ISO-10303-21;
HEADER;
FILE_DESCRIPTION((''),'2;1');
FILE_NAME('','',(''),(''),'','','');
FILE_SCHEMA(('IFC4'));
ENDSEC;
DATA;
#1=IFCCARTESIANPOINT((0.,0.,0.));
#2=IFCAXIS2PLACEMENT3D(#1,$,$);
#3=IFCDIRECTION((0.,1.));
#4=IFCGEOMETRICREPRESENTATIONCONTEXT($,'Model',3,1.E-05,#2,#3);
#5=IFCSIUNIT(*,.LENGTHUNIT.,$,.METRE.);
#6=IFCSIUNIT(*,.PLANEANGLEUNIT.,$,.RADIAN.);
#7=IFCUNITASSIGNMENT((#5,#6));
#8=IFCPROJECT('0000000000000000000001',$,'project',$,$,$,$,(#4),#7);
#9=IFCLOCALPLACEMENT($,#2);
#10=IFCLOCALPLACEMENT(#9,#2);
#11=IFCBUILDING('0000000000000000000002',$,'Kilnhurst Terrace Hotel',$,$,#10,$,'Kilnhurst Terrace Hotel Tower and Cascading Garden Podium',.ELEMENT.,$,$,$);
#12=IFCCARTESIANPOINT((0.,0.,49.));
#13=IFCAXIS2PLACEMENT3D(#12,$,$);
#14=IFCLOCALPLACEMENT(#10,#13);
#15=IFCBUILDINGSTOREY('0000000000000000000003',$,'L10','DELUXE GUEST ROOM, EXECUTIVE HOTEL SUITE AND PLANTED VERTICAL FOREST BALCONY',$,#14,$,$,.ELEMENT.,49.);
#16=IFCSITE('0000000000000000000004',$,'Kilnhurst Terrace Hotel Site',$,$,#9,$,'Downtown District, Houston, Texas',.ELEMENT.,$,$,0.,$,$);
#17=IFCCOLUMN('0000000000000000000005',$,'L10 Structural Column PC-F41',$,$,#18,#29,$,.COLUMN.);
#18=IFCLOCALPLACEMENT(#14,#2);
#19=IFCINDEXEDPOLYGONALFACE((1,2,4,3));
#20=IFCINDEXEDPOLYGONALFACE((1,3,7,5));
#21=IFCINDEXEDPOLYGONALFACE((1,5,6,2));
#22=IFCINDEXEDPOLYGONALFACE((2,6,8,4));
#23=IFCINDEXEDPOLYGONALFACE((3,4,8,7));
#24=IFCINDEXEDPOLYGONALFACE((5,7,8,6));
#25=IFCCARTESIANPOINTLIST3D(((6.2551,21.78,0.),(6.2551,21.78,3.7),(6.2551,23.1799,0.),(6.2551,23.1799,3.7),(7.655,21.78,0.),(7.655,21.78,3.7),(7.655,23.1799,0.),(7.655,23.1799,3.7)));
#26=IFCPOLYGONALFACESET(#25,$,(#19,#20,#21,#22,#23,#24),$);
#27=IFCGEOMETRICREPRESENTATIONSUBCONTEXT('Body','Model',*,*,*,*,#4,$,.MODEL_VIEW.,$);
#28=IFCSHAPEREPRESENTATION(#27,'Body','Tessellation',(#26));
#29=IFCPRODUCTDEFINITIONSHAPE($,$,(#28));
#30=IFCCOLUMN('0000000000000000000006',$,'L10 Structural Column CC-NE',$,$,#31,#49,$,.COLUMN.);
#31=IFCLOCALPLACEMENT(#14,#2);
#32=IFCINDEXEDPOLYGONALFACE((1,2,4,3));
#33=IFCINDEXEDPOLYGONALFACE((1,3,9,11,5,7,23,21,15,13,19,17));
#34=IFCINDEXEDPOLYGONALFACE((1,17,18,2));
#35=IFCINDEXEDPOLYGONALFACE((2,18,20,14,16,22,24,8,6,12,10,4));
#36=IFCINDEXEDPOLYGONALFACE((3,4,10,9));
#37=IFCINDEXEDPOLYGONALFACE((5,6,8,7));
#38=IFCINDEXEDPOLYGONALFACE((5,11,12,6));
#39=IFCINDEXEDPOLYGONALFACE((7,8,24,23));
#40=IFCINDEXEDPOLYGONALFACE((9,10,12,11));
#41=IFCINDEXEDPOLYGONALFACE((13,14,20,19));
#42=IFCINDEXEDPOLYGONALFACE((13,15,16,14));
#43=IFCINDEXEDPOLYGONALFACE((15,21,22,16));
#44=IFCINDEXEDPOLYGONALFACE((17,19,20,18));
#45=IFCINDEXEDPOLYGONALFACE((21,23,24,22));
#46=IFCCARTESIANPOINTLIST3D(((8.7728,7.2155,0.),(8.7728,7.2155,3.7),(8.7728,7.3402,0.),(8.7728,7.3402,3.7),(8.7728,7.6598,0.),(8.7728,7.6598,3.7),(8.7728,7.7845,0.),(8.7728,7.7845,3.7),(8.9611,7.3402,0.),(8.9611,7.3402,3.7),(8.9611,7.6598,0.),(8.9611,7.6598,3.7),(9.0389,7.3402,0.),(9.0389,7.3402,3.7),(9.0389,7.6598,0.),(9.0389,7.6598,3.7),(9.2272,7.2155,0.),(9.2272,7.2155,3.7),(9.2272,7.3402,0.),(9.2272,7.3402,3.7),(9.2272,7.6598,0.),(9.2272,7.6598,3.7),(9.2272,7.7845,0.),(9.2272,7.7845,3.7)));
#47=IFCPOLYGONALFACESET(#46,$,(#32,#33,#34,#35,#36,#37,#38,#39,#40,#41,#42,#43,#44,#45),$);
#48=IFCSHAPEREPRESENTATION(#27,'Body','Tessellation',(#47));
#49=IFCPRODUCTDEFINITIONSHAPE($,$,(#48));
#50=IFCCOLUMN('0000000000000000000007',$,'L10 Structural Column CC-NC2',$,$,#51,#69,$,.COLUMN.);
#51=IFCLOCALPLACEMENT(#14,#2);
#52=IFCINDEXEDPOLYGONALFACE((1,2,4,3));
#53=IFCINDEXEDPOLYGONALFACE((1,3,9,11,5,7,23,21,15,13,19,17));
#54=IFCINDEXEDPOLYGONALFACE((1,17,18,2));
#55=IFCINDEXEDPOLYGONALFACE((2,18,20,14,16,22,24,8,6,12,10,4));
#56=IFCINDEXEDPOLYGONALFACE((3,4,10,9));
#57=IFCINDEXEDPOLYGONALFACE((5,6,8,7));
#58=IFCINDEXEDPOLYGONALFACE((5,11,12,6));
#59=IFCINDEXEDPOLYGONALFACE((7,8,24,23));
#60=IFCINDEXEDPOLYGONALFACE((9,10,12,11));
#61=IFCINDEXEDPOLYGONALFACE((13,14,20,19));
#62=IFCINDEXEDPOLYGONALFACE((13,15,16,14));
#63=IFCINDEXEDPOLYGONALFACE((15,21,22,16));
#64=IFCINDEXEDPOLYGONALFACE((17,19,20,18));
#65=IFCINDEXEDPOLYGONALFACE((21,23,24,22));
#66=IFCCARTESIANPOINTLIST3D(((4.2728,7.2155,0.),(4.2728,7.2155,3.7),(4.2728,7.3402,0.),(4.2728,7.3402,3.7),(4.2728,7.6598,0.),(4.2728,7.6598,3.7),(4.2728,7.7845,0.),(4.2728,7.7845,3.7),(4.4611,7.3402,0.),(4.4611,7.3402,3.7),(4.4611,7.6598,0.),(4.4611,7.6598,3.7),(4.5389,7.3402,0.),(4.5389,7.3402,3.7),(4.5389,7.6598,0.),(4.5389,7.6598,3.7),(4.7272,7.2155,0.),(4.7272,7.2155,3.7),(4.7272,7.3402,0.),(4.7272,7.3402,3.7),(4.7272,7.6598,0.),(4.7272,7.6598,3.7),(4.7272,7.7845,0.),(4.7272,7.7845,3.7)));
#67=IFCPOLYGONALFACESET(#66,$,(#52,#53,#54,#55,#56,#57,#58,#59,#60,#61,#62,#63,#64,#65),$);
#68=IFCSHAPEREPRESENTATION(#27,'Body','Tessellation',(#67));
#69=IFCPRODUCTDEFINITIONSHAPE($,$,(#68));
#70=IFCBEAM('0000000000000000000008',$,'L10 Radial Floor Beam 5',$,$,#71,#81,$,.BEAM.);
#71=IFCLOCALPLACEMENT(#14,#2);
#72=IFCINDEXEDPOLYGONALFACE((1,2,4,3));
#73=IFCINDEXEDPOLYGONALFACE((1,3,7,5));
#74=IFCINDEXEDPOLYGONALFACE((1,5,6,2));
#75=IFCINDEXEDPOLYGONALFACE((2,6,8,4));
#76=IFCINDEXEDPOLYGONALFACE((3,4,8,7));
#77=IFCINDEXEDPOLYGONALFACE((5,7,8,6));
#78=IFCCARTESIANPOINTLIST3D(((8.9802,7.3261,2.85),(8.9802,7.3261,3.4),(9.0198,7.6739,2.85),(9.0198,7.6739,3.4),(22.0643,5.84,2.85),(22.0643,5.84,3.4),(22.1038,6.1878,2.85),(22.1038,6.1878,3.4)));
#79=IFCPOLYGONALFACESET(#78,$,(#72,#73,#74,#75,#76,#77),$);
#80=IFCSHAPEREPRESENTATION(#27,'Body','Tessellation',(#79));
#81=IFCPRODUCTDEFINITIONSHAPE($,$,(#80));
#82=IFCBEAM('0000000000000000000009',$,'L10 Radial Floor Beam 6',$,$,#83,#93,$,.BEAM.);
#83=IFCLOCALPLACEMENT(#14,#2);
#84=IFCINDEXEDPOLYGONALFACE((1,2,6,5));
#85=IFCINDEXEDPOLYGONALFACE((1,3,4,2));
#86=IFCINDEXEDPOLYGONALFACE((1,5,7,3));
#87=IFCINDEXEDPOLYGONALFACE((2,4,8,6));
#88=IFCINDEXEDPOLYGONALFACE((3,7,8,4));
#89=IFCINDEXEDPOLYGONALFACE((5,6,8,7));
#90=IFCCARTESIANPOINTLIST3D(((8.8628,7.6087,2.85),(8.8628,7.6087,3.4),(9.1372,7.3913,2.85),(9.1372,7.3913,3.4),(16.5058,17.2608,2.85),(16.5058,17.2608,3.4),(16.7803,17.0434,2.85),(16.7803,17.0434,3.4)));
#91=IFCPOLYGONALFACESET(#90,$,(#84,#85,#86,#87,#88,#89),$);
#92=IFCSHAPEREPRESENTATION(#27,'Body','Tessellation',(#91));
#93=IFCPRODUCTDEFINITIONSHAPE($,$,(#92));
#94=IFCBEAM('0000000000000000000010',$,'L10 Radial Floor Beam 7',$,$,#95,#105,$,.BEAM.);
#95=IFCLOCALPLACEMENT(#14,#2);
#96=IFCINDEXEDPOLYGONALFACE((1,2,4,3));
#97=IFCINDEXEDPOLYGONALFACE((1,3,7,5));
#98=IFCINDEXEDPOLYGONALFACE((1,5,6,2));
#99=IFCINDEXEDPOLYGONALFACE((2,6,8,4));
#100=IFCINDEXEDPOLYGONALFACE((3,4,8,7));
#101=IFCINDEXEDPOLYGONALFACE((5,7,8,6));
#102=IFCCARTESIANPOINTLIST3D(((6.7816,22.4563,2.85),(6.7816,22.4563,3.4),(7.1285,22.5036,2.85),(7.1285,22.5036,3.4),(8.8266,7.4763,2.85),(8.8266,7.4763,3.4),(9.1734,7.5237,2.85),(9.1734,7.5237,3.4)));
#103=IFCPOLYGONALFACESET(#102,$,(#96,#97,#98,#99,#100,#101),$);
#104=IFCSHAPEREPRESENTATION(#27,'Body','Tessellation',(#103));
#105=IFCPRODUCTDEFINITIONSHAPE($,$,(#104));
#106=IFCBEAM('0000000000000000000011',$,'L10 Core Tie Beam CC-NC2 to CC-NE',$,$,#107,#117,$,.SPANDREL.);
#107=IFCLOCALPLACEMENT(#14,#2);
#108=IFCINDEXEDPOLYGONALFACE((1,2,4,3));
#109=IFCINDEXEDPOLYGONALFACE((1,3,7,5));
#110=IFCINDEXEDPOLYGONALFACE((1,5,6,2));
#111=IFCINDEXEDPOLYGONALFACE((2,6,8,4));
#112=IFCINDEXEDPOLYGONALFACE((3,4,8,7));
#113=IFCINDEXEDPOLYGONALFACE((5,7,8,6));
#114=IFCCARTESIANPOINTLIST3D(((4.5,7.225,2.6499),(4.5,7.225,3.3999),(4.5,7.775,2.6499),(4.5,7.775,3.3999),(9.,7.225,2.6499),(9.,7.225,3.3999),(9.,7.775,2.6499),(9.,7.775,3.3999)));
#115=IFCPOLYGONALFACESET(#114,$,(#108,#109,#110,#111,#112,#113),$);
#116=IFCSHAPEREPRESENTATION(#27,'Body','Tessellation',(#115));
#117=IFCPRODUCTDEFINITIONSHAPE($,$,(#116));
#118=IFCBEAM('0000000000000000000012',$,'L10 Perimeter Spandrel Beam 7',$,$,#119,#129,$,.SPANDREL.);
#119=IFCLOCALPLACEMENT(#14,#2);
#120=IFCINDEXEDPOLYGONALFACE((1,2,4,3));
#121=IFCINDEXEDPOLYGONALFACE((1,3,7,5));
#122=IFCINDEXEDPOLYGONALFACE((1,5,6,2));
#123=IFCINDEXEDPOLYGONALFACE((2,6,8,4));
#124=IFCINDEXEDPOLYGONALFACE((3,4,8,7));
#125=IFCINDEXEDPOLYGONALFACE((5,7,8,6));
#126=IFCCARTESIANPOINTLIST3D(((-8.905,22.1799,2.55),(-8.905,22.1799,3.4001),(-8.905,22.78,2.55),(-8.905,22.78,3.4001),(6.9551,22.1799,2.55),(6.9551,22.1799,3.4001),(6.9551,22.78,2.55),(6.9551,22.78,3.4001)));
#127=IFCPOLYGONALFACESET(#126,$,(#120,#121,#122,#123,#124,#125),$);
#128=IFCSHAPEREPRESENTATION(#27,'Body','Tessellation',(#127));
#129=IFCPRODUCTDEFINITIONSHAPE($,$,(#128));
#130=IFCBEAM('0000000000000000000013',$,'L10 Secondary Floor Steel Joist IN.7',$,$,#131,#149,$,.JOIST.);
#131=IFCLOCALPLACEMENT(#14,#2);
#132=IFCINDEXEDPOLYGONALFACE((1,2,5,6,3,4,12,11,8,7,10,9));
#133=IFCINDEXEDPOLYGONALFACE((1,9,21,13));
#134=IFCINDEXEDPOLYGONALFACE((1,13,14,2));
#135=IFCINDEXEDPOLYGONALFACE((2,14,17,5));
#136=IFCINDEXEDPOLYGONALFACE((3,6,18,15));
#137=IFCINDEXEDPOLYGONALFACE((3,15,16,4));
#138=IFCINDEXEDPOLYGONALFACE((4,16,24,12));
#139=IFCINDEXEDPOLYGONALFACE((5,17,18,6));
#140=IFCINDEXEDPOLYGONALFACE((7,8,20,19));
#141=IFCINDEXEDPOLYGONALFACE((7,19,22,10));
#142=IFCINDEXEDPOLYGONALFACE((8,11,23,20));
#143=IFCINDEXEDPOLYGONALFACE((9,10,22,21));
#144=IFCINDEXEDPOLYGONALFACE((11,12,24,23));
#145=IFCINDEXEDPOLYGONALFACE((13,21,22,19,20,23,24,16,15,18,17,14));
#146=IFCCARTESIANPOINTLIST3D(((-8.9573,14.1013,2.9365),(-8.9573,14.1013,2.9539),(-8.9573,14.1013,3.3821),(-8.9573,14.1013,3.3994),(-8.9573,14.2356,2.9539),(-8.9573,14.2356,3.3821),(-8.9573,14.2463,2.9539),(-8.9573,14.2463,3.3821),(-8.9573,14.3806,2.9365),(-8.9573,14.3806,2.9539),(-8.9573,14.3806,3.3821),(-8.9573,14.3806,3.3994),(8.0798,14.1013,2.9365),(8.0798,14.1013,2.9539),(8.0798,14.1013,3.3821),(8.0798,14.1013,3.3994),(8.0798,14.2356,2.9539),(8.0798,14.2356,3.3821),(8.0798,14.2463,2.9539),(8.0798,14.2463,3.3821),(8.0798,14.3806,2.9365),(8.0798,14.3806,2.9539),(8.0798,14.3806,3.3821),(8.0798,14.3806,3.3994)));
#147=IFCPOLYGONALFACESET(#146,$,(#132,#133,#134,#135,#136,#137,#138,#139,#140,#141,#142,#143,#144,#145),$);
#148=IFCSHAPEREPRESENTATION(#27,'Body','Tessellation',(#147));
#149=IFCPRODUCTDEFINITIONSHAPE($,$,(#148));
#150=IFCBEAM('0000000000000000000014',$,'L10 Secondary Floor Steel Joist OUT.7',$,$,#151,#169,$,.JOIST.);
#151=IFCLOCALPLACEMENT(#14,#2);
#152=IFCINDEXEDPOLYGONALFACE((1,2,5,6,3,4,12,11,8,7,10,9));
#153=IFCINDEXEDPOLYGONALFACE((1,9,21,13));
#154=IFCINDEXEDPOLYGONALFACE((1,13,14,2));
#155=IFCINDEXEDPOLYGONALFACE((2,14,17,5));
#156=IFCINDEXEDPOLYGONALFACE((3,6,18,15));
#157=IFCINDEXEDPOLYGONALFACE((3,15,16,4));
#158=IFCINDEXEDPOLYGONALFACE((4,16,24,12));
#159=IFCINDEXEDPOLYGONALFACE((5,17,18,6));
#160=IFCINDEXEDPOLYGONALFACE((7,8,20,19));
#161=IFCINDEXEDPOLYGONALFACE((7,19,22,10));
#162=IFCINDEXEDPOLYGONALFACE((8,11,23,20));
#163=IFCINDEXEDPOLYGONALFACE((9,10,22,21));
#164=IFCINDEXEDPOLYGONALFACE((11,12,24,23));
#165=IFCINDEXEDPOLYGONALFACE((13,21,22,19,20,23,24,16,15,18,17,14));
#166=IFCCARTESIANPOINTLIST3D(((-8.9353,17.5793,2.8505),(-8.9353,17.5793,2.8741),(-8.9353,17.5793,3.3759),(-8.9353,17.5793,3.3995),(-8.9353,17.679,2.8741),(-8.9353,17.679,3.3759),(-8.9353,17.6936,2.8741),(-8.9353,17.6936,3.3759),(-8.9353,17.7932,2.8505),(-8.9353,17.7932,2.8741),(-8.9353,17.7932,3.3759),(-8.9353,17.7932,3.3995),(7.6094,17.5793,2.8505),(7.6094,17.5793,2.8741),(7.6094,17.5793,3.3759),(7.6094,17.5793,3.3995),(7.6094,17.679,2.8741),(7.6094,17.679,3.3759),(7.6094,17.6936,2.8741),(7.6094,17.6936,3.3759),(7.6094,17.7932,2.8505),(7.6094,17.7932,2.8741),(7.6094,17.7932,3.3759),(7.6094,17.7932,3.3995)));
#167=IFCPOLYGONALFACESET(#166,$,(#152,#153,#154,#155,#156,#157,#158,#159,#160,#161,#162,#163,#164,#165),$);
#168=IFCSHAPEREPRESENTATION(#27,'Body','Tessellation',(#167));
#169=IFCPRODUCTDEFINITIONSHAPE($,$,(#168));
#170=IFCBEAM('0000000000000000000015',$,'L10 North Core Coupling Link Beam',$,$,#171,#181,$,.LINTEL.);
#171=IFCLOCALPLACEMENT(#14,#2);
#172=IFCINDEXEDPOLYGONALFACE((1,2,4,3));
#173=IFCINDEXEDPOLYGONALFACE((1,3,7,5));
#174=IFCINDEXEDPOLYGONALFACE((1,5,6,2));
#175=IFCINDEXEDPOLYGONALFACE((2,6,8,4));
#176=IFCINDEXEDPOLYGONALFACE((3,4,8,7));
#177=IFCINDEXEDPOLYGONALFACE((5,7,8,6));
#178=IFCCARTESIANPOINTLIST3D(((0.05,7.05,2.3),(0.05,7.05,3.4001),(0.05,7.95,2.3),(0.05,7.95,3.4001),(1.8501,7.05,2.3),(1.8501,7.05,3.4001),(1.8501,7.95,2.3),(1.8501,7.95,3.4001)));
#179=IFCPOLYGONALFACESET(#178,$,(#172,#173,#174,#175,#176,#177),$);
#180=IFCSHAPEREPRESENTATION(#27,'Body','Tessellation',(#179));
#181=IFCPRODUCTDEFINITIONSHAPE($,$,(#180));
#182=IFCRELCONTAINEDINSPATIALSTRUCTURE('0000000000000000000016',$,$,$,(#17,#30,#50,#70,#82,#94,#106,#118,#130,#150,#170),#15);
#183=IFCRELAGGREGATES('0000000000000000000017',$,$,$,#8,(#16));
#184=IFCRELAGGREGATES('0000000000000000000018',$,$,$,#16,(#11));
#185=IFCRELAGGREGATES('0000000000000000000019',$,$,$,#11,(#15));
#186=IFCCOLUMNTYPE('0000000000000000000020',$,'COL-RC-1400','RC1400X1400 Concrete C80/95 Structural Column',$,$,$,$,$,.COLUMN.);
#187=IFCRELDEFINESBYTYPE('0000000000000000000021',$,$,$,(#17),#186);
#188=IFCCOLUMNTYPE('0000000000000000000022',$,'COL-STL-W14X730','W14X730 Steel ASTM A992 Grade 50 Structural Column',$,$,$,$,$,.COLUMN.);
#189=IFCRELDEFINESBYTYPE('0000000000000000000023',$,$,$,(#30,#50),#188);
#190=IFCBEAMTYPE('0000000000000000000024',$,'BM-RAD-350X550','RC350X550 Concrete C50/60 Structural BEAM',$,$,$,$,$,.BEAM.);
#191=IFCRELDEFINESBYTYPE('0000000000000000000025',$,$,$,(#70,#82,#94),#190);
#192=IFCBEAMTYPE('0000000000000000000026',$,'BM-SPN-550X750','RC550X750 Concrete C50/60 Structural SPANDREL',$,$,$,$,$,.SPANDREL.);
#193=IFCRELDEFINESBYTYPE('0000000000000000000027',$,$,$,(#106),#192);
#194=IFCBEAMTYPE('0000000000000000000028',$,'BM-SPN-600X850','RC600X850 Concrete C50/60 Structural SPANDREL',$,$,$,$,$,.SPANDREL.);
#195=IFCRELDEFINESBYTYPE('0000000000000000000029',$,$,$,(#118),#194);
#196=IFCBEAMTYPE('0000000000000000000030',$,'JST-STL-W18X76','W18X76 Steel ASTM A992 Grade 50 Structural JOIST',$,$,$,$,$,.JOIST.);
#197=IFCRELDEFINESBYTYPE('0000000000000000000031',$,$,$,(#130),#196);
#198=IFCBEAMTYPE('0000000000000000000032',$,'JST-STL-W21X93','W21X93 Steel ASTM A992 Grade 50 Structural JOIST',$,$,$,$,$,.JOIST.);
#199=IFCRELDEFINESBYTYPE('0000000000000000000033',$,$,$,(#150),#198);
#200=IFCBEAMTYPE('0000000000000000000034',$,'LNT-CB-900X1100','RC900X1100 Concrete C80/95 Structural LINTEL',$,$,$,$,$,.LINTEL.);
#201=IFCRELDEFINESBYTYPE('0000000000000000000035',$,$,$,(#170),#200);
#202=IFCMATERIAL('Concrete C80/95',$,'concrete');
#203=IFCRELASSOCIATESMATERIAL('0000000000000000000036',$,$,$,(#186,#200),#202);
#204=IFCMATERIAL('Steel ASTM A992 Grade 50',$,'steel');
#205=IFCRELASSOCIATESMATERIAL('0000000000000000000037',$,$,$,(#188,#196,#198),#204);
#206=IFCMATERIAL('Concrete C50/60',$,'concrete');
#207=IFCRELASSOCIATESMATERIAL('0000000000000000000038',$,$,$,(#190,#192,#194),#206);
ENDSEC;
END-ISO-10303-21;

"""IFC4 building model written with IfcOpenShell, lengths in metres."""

from ifc_helpers import new_model, si_unit, direction, frame, origin, origin_2d, place, context, subcontext, project, spatial, rectangle, i_section, extrude, material, material_profile, profile_set, type_object, element, save


model = new_model("IFC4")

# Units and contexts
model_context = context("Model", 3, precision=1e-05, world=origin(), true_north=direction((0.0, 1.0)))
body_context = subcontext(model_context, "Body", "Model", "MODEL_VIEW")
ifc_project = project(units=[si_unit("LENGTHUNIT", "METRE"), si_unit("PLANEANGLEUNIT", "RADIAN")], contexts=[model_context])

# Site, building, storey
site_placement = place(None, origin())
site = spatial("IfcSite", under=ifc_project, at=site_placement, Name="Kilnhurst Terrace Hotel Site", LongName="Downtown District, Houston, Texas", CompositionType="ELEMENT", RefElevation=0.0)
building_placement = place(site_placement, origin())
building = spatial("IfcBuilding", under=site, at=building_placement, Name="Kilnhurst Terrace Hotel", LongName="Kilnhurst Terrace Hotel Tower and Cascading Garden Podium", CompositionType="ELEMENT")
storey_placement = place(building_placement, frame((0.0, 0.0, 49.0)))
storey = spatial("IfcBuildingStorey", under=building, at=storey_placement, Name="L10", Description="DELUXE GUEST ROOM, EXECUTIVE HOTEL SUITE AND PLANTED VERTICAL FOREST BALCONY", CompositionType="ELEMENT", Elevation=49.0)

# Columns
ifc_material_1 = material(Name="Concrete C80/95", Category="concrete")
ifc_material_profile_1 = material_profile(ifc_material_1, rectangle(XDim=1.3999, YDim=1.3999, at=origin_2d()), Name="RC1400X1400")
ifc_profile_set_1 = profile_set([ifc_material_profile_1], Name="Concrete C80/95")
column_type_1 = type_object("IfcColumnType", Name="COL-RC-1400", Description="RC1400X1400 Concrete C80/95 Structural Column", PredefinedType="COLUMN", material=ifc_profile_set_1)
column_placement = place(storey_placement, frame((6.9551, 22.48, 0.0), z_axis=(0.0, 0.0, 1.0), x_axis=(1.0, 0.0, 0.0)))
element("IfcColumn", 1, at=column_placement, inside=storey, type_object=column_type_1, Name="L10 Structural Column PC-F41", PredefinedType="COLUMN", context=body_context, shape_type="SweptSolid", body=[
    extrude(rectangle(XDim=1.3999, YDim=1.3999, at=origin_2d()), origin(), (0.0, 0.0, 1.0), 3.7),
])
ifc_material_2 = material(Name="Steel ASTM A992 Grade 50", Category="steel")
ifc_material_profile_2 = material_profile(ifc_material_2, i_section(OverallWidth=0.4543, OverallDepth=0.5691, WebThickness=0.0779, FlangeThickness=0.1248, at=origin_2d()), Name="W14X730")
ifc_profile_set_2 = profile_set([ifc_material_profile_2], Name="Steel ASTM A992 Grade 50")
column_type_2 = type_object("IfcColumnType", Name="COL-STL-W14X730", Description="W14X730 Steel ASTM A992 Grade 50 Structural Column", PredefinedType="COLUMN", material=ifc_profile_set_2)
for number, where, z_axis, x_axis, name in (
    (2, (9.0, 7.5, 0.0), (0.0, 0.0, 1.0), (1.0, 0.0, 0.0), "L10 Structural Column CC-NE"),
    (3, (4.5, 7.5, 0.0), (0.0, 0.0, 1.0), (1.0, 0.0, 0.0), "L10 Structural Column CC-NC2"),
):
    element("IfcColumn", number, at=place(storey_placement, frame(where, z_axis=z_axis, x_axis=x_axis)), inside=storey, type_object=column_type_2, Name=name, PredefinedType="COLUMN", context=body_context, shape_type="SweptSolid", body=[
        extrude(i_section(OverallWidth=0.4543, OverallDepth=0.5691, WebThickness=0.0779, FlangeThickness=0.1248, at=origin_2d()), origin(), (0.0, 0.0, 1.0), 3.7),
    ])

# Beams
ifc_material_3 = material(Name="Concrete C50/60", Category="concrete")
ifc_material_profile_3 = material_profile(ifc_material_3, rectangle(XDim=0.3501, YDim=0.55, at=origin_2d()), Name="RC350X550")
ifc_profile_set_3 = profile_set([ifc_material_profile_3], Name="Concrete C50/60")
beam_type_1 = type_object("IfcBeamType", Name="BM-RAD-350X550", Description="RC350X550 Concrete C50/60 Structural BEAM", PredefinedType="BEAM", material=ifc_profile_set_3)
beam_1_placement = place(storey_placement, frame((9.0, 7.5, 3.125), z_axis=(0.993611, -0.112855, 0.0), x_axis=(0.112855, 0.993611, 0.0)))
element("IfcBeam", 4, at=beam_1_placement, inside=storey, type_object=beam_type_1, Name="L10 Radial Floor Beam 5", PredefinedType="BEAM", context=body_context, shape_type="SweptSolid", body=[
    extrude(rectangle(XDim=0.3501, YDim=0.55, at=origin_2d()), origin(), (0.0, 0.0, 1.0), 13.1682),
])
beam_2_placement = place(storey_placement, frame((9.0, 7.5, 3.125), z_axis=(0.620794, 0.783974, 0.0), x_axis=(-0.783974, 0.620794, 0.0)))
element("IfcBeam", 5, at=beam_2_placement, inside=storey, type_object=beam_type_1, Name="L10 Radial Floor Beam 6", PredefinedType="BEAM", context=body_context, shape_type="SweptSolid", body=[
    extrude(rectangle(XDim=0.3501, YDim=0.55, at=origin_2d()), origin(), (0.0, 0.0, 1.0), 12.3118),
])
beam_3_placement = place(storey_placement, frame((9.0, 7.5, 3.125), z_axis=(-0.135256, 0.990811, 0.0), x_axis=(-0.990811, -0.135256, 0.0)))
element("IfcBeam", 6, at=beam_3_placement, inside=storey, type_object=beam_type_1, Name="L10 Radial Floor Beam 7", PredefinedType="BEAM", context=body_context, shape_type="SweptSolid", body=[
    extrude(rectangle(XDim=0.3501, YDim=0.55, at=origin_2d()), origin(), (0.0, 0.0, 1.0), 15.1189),
])
ifc_material_profile_4 = material_profile(ifc_material_3, rectangle(XDim=0.55, YDim=0.75, at=origin_2d()), Name="RC550X750")
ifc_profile_set_4 = profile_set([ifc_material_profile_4], Name="Concrete C50/60")
beam_type_2 = type_object("IfcBeamType", Name="BM-SPN-550X750", Description="RC550X750 Concrete C50/60 Structural SPANDREL", PredefinedType="SPANDREL", material=ifc_profile_set_4)
beam_4_placement = place(storey_placement, frame((4.5, 7.5, 3.0249), z_axis=(1.0, 0.0, 0.0), x_axis=(0.0, 1.0, 0.0)))
element("IfcBeam", 7, at=beam_4_placement, inside=storey, type_object=beam_type_2, Name="L10 Core Tie Beam CC-NC2 to CC-NE", PredefinedType="SPANDREL", context=body_context, shape_type="SweptSolid", body=[
    extrude(rectangle(XDim=0.55, YDim=0.75, at=origin_2d()), origin(), (0.0, 0.0, 1.0), 4.5),
])
ifc_material_profile_5 = material_profile(ifc_material_3, rectangle(XDim=0.6001, YDim=0.8501, at=origin_2d()), Name="RC600X850")
ifc_profile_set_5 = profile_set([ifc_material_profile_5], Name="Concrete C50/60")
beam_type_3 = type_object("IfcBeamType", Name="BM-SPN-600X850", Description="RC600X850 Concrete C50/60 Structural SPANDREL", PredefinedType="SPANDREL", material=ifc_profile_set_5)
beam_5_placement = place(storey_placement, frame((6.9551, 22.48, 2.9751), z_axis=(-1.0, 0.0, 0.0), x_axis=(0.0, -1.0, 0.0)))
element("IfcBeam", 8, at=beam_5_placement, inside=storey, type_object=beam_type_3, Name="L10 Perimeter Spandrel Beam 7", PredefinedType="SPANDREL", context=body_context, shape_type="SweptSolid", body=[
    extrude(rectangle(XDim=0.6001, YDim=0.8501, at=origin_2d()), origin(), (0.0, 0.0, 1.0), 15.8601),
])
ifc_material_profile_6 = material_profile(ifc_material_2, i_section(OverallWidth=0.2793, OverallDepth=0.4629, WebThickness=0.0107, FlangeThickness=0.0173, at=origin_2d()), Name="W18X76")
ifc_profile_set_6 = profile_set([ifc_material_profile_6], Name="Steel ASTM A992 Grade 50")
beam_type_4 = type_object("IfcBeamType", Name="JST-STL-W18X76", Description="W18X76 Steel ASTM A992 Grade 50 Structural JOIST", PredefinedType="JOIST", material=ifc_profile_set_6)
beam_6_placement = place(storey_placement, frame((8.0798, 14.241, 3.168), z_axis=(-1.0, 0.0, 0.0), x_axis=(0.0, -1.0, 0.0)))
element("IfcBeam", 9, at=beam_6_placement, inside=storey, type_object=beam_type_4, Name="L10 Secondary Floor Steel Joist IN.7", PredefinedType="JOIST", context=body_context, shape_type="SweptSolid", body=[
    extrude(i_section(OverallWidth=0.2793, OverallDepth=0.4629, WebThickness=0.0107, FlangeThickness=0.0173, at=origin_2d()), origin(), (0.0, 0.0, 1.0), 17.0371),
])
ifc_material_profile_7 = material_profile(ifc_material_2, i_section(OverallWidth=0.2139, OverallDepth=0.5491, WebThickness=0.0146, FlangeThickness=0.0237, at=origin_2d()), Name="W21X93")
ifc_profile_set_7 = profile_set([ifc_material_profile_7], Name="Steel ASTM A992 Grade 50")
beam_type_5 = type_object("IfcBeamType", Name="JST-STL-W21X93", Description="W21X93 Steel ASTM A992 Grade 50 Structural JOIST", PredefinedType="JOIST", material=ifc_profile_set_7)
beam_7_placement = place(storey_placement, frame((7.6094, 17.6863, 3.125), z_axis=(-1.0, 0.0, 0.0), x_axis=(0.0, -1.0, 0.0)))
element("IfcBeam", 10, at=beam_7_placement, inside=storey, type_object=beam_type_5, Name="L10 Secondary Floor Steel Joist OUT.7", PredefinedType="JOIST", context=body_context, shape_type="SweptSolid", body=[
    extrude(i_section(OverallWidth=0.2139, OverallDepth=0.5491, WebThickness=0.0146, FlangeThickness=0.0237, at=origin_2d()), origin(), (0.0, 0.0, 1.0), 16.5447),
])
ifc_material_profile_8 = material_profile(ifc_material_1, rectangle(XDim=0.8999, YDim=1.1001, at=origin_2d()), Name="RC900X1100")
ifc_profile_set_8 = profile_set([ifc_material_profile_8], Name="Concrete C80/95")
beam_type_6 = type_object("IfcBeamType", Name="LNT-CB-900X1100", Description="RC900X1100 Concrete C80/95 Structural LINTEL", PredefinedType="LINTEL", material=ifc_profile_set_8)
beam_8_placement = place(storey_placement, frame((0.05, 7.5, 2.8501), z_axis=(1.0, 0.0, 0.0), x_axis=(0.0, 1.0, 0.0)))
element("IfcBeam", 11, at=beam_8_placement, inside=storey, type_object=beam_type_6, Name="L10 North Core Coupling Link Beam", PredefinedType="LINTEL", context=body_context, shape_type="SweptSolid", body=[
    extrude(rectangle(XDim=0.8999, YDim=1.1001, at=origin_2d()), origin(), (0.0, 0.0, 1.0), 1.8),
])

save(model, "model.ifc")
